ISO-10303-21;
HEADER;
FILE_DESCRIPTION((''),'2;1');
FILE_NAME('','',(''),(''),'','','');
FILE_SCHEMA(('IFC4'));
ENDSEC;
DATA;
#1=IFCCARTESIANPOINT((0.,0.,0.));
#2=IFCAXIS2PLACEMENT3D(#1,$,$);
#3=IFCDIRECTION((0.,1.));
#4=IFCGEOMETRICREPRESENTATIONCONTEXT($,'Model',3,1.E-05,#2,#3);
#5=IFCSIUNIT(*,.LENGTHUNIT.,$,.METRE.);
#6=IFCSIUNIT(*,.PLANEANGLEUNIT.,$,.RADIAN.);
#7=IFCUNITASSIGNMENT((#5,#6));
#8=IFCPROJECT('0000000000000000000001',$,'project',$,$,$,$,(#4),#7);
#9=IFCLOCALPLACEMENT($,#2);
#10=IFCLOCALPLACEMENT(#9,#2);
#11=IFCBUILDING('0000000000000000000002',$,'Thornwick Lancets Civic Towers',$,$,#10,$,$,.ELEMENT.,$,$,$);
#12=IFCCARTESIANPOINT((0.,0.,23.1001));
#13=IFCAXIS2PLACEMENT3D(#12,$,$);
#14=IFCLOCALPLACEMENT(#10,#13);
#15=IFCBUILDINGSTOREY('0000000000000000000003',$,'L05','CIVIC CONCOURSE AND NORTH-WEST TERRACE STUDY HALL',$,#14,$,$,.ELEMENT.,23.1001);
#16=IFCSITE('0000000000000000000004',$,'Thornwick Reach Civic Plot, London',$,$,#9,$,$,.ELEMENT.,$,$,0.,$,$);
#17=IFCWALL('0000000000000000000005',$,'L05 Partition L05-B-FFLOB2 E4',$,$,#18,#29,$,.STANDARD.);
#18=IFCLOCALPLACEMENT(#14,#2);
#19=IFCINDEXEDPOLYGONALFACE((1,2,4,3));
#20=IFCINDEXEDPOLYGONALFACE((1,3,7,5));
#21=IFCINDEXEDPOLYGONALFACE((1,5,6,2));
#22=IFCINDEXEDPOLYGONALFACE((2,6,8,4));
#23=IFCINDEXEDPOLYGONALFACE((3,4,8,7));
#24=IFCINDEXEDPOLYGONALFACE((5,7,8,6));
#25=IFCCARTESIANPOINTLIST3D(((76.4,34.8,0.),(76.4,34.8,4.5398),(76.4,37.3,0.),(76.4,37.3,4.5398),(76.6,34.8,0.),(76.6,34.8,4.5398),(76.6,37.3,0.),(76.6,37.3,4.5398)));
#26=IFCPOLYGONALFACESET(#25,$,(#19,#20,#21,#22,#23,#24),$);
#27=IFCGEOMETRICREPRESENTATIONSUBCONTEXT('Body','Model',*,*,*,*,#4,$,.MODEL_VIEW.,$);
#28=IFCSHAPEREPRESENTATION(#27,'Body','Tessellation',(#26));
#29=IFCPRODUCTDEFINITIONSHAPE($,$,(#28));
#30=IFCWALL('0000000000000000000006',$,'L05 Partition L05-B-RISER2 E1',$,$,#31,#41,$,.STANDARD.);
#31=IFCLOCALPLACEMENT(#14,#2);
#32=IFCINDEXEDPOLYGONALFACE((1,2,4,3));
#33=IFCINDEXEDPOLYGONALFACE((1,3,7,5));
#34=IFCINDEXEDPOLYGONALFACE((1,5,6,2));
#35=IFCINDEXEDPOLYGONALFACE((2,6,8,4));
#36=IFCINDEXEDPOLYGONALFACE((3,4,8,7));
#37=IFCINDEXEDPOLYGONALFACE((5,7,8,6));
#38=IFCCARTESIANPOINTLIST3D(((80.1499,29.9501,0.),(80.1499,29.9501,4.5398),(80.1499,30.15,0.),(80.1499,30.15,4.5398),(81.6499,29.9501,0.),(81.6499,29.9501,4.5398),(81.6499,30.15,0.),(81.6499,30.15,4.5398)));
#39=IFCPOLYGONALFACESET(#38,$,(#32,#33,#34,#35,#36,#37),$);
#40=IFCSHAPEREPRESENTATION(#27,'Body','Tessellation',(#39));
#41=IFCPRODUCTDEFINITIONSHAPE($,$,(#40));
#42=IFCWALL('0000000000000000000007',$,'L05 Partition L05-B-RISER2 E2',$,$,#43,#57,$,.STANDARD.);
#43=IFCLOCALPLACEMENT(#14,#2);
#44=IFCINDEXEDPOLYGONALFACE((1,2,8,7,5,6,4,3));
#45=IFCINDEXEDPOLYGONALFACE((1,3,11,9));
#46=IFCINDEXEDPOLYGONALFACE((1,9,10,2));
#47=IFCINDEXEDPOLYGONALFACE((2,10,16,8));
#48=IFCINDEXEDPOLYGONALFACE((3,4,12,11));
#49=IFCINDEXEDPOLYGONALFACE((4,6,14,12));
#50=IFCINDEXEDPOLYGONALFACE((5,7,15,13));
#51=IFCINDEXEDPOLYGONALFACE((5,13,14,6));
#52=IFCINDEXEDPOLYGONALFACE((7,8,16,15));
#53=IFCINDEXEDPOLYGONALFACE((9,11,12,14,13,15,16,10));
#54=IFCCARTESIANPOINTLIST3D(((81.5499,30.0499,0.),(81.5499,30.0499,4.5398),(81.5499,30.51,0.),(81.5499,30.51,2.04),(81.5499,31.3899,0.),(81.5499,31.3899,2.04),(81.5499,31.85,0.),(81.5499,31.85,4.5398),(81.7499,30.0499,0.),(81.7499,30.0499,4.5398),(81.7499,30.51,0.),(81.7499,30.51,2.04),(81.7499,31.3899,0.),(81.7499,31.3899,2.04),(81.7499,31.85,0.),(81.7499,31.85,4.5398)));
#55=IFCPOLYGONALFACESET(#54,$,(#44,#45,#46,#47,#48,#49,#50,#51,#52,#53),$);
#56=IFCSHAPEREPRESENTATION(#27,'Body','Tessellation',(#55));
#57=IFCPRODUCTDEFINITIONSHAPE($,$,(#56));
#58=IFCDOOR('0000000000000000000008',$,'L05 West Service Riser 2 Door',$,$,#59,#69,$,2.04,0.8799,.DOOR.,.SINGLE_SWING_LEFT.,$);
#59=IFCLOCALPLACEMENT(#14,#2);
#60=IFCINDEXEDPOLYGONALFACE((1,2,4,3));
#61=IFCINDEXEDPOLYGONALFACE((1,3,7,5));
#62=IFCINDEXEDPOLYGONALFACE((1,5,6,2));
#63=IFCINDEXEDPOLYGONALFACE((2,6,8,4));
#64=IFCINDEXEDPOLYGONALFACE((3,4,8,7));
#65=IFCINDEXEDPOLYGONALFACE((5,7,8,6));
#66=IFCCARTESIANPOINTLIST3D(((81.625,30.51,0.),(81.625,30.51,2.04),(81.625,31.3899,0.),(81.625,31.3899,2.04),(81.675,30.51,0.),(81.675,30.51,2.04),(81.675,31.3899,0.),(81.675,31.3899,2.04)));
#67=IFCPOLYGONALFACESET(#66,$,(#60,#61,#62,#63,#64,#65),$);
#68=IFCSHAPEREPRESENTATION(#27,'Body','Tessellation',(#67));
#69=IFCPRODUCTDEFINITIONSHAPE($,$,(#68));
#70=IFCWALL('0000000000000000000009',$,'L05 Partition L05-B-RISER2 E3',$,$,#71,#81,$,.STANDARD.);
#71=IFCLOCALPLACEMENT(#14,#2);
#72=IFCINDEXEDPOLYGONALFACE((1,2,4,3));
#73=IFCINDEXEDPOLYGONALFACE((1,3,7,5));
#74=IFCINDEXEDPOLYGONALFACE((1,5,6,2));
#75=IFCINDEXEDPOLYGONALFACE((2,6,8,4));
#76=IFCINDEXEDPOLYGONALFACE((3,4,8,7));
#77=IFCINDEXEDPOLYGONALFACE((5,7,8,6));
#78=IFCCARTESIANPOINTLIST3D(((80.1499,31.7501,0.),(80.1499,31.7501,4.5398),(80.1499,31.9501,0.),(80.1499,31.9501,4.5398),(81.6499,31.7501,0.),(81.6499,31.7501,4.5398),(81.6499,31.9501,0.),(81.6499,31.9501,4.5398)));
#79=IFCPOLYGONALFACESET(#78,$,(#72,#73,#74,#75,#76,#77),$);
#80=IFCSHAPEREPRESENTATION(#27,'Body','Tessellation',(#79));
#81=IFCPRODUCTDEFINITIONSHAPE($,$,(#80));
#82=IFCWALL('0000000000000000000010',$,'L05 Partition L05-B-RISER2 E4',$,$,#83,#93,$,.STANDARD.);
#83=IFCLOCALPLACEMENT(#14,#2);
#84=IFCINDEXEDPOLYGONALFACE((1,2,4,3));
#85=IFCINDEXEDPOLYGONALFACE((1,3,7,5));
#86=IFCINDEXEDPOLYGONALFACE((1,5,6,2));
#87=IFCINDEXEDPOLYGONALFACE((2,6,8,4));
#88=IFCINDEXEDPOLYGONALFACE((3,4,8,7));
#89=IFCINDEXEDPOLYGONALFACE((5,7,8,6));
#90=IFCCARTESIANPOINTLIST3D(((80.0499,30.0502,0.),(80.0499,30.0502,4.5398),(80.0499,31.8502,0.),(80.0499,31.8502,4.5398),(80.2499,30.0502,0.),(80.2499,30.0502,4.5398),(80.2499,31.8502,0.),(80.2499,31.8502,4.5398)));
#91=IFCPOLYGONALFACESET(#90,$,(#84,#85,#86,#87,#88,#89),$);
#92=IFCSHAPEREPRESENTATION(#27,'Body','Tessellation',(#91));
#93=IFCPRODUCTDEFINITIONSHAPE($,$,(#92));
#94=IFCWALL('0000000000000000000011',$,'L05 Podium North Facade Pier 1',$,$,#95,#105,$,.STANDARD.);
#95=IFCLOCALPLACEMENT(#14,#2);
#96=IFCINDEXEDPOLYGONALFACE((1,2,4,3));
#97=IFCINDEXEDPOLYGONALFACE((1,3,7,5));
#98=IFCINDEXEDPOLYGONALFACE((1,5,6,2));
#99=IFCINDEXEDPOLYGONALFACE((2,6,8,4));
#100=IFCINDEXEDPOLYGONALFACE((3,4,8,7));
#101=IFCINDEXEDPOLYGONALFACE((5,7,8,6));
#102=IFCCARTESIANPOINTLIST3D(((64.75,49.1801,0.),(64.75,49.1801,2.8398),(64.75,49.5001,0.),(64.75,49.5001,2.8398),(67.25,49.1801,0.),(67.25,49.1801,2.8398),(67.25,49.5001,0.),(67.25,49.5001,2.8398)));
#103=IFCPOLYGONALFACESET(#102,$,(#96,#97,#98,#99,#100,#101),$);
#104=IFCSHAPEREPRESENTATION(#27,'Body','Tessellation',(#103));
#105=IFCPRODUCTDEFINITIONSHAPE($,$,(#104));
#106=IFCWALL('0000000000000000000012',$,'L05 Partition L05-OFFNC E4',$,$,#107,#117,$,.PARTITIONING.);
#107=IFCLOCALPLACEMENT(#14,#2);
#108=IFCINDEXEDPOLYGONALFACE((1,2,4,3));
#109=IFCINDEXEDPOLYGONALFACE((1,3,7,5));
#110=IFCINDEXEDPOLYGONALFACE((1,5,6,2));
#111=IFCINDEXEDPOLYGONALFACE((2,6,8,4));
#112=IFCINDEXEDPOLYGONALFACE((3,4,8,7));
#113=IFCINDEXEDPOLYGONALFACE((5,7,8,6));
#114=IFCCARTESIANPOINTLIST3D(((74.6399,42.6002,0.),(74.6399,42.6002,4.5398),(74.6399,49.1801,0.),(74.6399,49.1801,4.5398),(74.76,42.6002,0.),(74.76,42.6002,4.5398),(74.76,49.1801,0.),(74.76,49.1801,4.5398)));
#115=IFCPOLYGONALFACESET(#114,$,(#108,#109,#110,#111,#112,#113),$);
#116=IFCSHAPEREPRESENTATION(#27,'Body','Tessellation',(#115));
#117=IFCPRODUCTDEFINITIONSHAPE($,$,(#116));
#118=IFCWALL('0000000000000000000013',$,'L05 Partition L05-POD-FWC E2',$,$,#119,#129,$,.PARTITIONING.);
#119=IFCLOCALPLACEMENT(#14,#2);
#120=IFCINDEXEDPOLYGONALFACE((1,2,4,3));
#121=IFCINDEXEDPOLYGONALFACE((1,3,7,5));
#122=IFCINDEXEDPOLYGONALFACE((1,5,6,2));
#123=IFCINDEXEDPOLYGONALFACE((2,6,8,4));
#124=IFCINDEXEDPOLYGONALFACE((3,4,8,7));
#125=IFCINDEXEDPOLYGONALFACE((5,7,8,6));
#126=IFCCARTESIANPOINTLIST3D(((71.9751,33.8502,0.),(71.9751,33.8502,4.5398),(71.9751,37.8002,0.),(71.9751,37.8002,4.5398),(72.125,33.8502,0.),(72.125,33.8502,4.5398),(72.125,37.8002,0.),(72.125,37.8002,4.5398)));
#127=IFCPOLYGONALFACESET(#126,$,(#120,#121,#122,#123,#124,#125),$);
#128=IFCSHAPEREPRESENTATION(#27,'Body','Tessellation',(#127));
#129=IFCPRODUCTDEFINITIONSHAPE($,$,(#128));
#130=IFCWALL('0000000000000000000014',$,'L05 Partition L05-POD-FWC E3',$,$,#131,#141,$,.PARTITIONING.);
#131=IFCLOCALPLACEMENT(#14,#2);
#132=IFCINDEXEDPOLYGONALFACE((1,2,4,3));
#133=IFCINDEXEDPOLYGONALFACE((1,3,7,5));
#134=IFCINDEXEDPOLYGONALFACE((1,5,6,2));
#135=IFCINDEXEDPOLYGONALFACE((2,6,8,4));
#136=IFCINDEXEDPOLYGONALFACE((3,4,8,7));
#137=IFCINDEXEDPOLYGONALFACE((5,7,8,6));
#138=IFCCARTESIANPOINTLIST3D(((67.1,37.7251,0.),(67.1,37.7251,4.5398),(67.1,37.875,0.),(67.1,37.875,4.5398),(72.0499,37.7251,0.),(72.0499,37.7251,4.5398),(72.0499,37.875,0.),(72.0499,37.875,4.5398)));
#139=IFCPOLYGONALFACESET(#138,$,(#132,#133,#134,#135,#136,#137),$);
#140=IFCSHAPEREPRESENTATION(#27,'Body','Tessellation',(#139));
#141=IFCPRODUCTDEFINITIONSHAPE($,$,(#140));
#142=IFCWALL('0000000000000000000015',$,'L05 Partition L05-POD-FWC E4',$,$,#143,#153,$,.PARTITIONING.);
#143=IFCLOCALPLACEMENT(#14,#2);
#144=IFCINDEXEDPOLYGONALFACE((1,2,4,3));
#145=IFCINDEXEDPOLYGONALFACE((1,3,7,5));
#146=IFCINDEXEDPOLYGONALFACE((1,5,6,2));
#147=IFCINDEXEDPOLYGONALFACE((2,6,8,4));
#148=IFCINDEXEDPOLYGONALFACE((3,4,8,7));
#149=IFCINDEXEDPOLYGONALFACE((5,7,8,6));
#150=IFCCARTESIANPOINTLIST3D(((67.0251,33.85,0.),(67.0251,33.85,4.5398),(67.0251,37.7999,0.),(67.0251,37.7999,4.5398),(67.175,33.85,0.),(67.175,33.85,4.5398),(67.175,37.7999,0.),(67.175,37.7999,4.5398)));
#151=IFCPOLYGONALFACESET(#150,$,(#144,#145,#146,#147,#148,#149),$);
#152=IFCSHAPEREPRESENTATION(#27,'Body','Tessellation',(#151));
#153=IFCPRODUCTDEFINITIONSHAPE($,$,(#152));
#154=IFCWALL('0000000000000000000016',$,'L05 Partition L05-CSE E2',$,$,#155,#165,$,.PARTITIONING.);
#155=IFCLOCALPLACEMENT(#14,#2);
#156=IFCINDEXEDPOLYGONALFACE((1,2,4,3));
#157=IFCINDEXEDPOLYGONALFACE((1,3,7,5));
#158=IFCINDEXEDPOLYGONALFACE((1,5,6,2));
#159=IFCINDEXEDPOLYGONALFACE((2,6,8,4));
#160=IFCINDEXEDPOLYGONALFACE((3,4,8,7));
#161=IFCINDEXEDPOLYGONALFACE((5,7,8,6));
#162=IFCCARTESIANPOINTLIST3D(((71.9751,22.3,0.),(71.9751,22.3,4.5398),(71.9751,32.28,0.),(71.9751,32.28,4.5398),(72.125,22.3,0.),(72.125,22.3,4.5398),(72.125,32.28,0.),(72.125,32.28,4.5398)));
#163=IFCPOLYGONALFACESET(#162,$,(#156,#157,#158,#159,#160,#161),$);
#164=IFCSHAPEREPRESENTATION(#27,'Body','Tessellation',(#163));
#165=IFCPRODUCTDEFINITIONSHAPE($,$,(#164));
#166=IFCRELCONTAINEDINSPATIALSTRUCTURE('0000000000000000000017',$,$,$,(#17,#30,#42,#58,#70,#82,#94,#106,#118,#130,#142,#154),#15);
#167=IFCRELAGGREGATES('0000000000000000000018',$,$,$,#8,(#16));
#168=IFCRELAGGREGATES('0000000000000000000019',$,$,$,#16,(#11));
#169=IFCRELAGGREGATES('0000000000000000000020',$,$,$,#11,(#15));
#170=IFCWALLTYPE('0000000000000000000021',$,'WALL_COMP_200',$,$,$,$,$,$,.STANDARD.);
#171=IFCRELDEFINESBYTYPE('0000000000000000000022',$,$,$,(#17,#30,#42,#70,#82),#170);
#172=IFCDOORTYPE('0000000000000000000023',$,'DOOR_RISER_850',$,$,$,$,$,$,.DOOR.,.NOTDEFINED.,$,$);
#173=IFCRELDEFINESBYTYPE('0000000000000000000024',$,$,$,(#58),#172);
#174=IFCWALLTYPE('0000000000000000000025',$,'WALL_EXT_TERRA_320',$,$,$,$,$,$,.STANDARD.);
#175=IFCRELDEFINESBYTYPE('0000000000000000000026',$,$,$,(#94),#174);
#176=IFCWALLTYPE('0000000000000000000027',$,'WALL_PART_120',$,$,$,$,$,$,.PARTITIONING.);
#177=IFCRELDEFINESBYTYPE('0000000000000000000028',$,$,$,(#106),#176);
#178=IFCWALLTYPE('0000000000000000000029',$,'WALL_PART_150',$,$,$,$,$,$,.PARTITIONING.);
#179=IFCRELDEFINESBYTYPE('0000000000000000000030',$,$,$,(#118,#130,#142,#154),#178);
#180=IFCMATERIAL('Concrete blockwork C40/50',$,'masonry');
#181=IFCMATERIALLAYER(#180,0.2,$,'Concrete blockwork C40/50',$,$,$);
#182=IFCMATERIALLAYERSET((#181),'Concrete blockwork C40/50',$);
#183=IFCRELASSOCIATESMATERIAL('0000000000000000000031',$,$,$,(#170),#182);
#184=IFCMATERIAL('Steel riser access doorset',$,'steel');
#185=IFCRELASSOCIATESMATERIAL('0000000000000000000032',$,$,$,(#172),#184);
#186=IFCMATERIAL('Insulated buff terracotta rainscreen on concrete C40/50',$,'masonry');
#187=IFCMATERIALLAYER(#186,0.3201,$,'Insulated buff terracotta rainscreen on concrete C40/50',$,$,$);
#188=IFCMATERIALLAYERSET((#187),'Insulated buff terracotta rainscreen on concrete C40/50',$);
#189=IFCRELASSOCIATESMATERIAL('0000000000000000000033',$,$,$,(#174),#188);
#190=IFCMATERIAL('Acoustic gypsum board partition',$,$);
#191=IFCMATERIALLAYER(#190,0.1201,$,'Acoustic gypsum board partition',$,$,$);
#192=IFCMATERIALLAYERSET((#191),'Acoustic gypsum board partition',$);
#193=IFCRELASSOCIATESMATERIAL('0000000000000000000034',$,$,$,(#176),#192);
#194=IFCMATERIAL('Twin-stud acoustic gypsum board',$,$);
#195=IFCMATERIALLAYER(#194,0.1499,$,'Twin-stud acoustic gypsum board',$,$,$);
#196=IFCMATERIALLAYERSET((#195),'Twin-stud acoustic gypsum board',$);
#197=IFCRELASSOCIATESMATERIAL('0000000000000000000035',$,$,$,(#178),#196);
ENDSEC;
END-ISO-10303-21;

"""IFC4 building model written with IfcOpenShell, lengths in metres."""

from ifc_helpers import new_model, si_unit, direction, frame, frame_2d, origin, place, context, subcontext, project, spatial, rectangle, extrude, material, layer, layer_set, type_object, element, fill, save


model = new_model("IFC4")

# Units and contexts
model_context = context("Model", 3, precision=1e-05, world=origin(), true_north=direction((0.0, 1.0)))
body_context = subcontext(model_context, "Body", "Model", "MODEL_VIEW")
ifc_project = project(units=[si_unit("LENGTHUNIT", "METRE"), si_unit("PLANEANGLEUNIT", "RADIAN")], contexts=[model_context])

# Site, building, storey
site_placement = place(None, origin())
site = spatial("IfcSite", under=ifc_project, at=site_placement, Name="Thornwick Reach Civic Plot, London", CompositionType="ELEMENT", RefElevation=0.0)
building_placement = place(site_placement, origin())
building = spatial("IfcBuilding", under=site, at=building_placement, Name="Thornwick Lancets Civic Towers", CompositionType="ELEMENT")
storey_placement = place(building_placement, frame((0.0, 0.0, 23.1001)))
storey = spatial("IfcBuildingStorey", under=building, at=storey_placement, Name="L05", Description="CIVIC CONCOURSE AND NORTH-WEST TERRACE STUDY HALL", CompositionType="ELEMENT", Elevation=23.1001)

# Shared definitions
ifc_material_1 = material(Name="Concrete blockwork C40/50", Category="masonry")
ifc_layer_1 = layer(ifc_material_1, 0.2, Name="Concrete blockwork C40/50")
ifc_layer_set_1 = layer_set([ifc_layer_1], Name="Concrete blockwork C40/50")
wall_type_1 = type_object("IfcWallType", Name="WALL_COMP_200", PredefinedType="STANDARD", material=ifc_layer_set_1)

# Walls
wall_1_placement = place(storey_placement, frame((76.5, 37.3, 0.0), z_axis=(0.0, 0.0, 1.0), x_axis=(0.0, -1.0, 0.0)))
element("IfcWall", 1, at=wall_1_placement, inside=storey, type_object=wall_type_1, Name="L05 Partition L05-B-FFLOB2 E4", PredefinedType="STANDARD", context=body_context, shape_type="SweptSolid", body=[
    extrude(rectangle(XDim=2.5, YDim=0.2, at=frame_2d((1.25, 0.0))), origin(), (0.0, 0.0, 1.0), 4.5398),
])
wall_2_placement = place(storey_placement, frame((80.1499, 30.05, 0.0), z_axis=(0.0, 0.0, 1.0), x_axis=(1.0, 0.0, 0.0)))
element("IfcWall", 2, at=wall_2_placement, inside=storey, type_object=wall_type_1, Name="L05 Partition L05-B-RISER2 E1", PredefinedType="STANDARD", context=body_context, shape_type="SweptSolid", body=[
    extrude(rectangle(XDim=1.5, YDim=0.2, at=frame_2d((0.75, 0.0))), origin(), (0.0, 0.0, 1.0), 4.5398),
])

# Wall, opening, door
wall_3_placement = place(storey_placement, frame((81.6499, 30.05, 0.0), z_axis=(0.0, 0.0, 1.0), x_axis=(0.0, 1.0, 0.0)))
wall_3 = element("IfcWall", 3, at=wall_3_placement, inside=storey, type_object=wall_type_1, Name="L05 Partition L05-B-RISER2 E2", PredefinedType="STANDARD", context=body_context, shape_type="SweptSolid", body=[
    extrude(rectangle(XDim=1.8, YDim=0.2, at=frame_2d((0.8999, 0.0))), origin(), (0.0, 0.0, 1.0), 4.5398),
])
opening_1_placement = place(wall_3_placement, frame((0.46, 0.0, 0.0)))
opening_1 = element("IfcOpeningElement", 4, at=opening_1_placement, cuts=wall_3, PredefinedType="OPENING", context=body_context, shape_type="SweptSolid", body=[
    extrude(rectangle(XDim=0.8799, YDim=2.04, at=frame_2d((0.4399, 1.02))), frame((0.0, 0.1099, 0.0), z_axis=(0.0, -1.0, 0.0), x_axis=(1.0, 0.0, 0.0)), (0.0, 0.0, 1.0), 0.22),
])
ifc_material_2 = material(Name="Steel riser access doorset", Category="steel")
door_type_1 = type_object("IfcDoorType", Name="DOOR_RISER_850", OperationType="NOTDEFINED", PredefinedType="DOOR", material=ifc_material_2)
door_1_placement = place(opening_1_placement, origin())
door_1 = element("IfcDoor", 5, at=door_1_placement, inside=storey, type_object=door_type_1, Name="L05 West Service Riser 2 Door", OperationType="SINGLE_SWING_LEFT", OverallHeight=2.04, OverallWidth=0.8799, PredefinedType="DOOR", context=body_context, shape_type="SweptSolid", body=[
    extrude(rectangle(XDim=0.8799, YDim=2.04, at=frame_2d((0.4399, 1.02))), frame((0.0, 0.0249, 0.0), z_axis=(0.0, -1.0, 0.0), x_axis=(1.0, 0.0, 0.0)), (0.0, 0.0, 1.0), 0.05),
])
fill(opening_1, door_1)

# Walls
wall_4_placement = place(storey_placement, frame((81.6499, 31.8501, 0.0), z_axis=(0.0, 0.0, 1.0), x_axis=(-1.0, 0.0, 0.0)))
element("IfcWall", 6, at=wall_4_placement, inside=storey, type_object=wall_type_1, Name="L05 Partition L05-B-RISER2 E3", PredefinedType="STANDARD", context=body_context, shape_type="SweptSolid", body=[
    extrude(rectangle(XDim=1.5, YDim=0.2, at=frame_2d((0.75, 0.0))), origin(), (0.0, 0.0, 1.0), 4.5398),
])
wall_5_placement = place(storey_placement, frame((80.1499, 31.8501, 0.0), z_axis=(0.0, 0.0, 1.0), x_axis=(0.0, -1.0, 0.0)))
element("IfcWall", 7, at=wall_5_placement, inside=storey, type_object=wall_type_1, Name="L05 Partition L05-B-RISER2 E4", PredefinedType="STANDARD", context=body_context, shape_type="SweptSolid", body=[
    extrude(rectangle(XDim=1.8, YDim=0.2, at=frame_2d((0.8999, 0.0))), origin(), (0.0, 0.0, 1.0), 4.5398),
])
ifc_material_3 = material(Name="Insulated buff terracotta rainscreen on concrete C40/50", Category="masonry")
ifc_layer_2 = layer(ifc_material_3, 0.3201, Name="Insulated buff terracotta rainscreen on concrete C40/50")
ifc_layer_set_2 = layer_set([ifc_layer_2], Name="Insulated buff terracotta rainscreen on concrete C40/50")
wall_type_2 = type_object("IfcWallType", Name="WALL_EXT_TERRA_320", PredefinedType="STANDARD", material=ifc_layer_set_2)
wall_6_placement = place(storey_placement, frame((67.25, 49.3401, 0.0), z_axis=(0.0, 0.0, 1.0), x_axis=(-1.0, 0.0, 0.0)))
element("IfcWall", 8, at=wall_6_placement, inside=storey, type_object=wall_type_2, Name="L05 Podium North Facade Pier 1", PredefinedType="STANDARD", context=body_context, shape_type="SweptSolid", body=[
    extrude(rectangle(XDim=2.5, YDim=0.3201, at=frame_2d((1.25, 0.0))), origin(), (0.0, 0.0, 1.0), 2.8398),
])
ifc_material_4 = material(Name="Acoustic gypsum board partition")
ifc_layer_3 = layer(ifc_material_4, 0.1201, Name="Acoustic gypsum board partition")
ifc_layer_set_3 = layer_set([ifc_layer_3], Name="Acoustic gypsum board partition")
wall_type_3 = type_object("IfcWallType", Name="WALL_PART_120", PredefinedType="PARTITIONING", material=ifc_layer_set_3)
wall_7_placement = place(storey_placement, frame((74.7, 42.6001, 0.0), z_axis=(0.0, 0.0, 1.0), x_axis=(0.0, 1.0, 0.0)))
element("IfcWall", 9, at=wall_7_placement, inside=storey, type_object=wall_type_3, Name="L05 Partition L05-OFFNC E4", PredefinedType="PARTITIONING", context=body_context, shape_type="SweptSolid", body=[
    extrude(rectangle(XDim=6.5798, YDim=0.1201, at=frame_2d((3.29, 0.0))), origin(), (0.0, 0.0, 1.0), 4.5398),
])
ifc_material_5 = material(Name="Twin-stud acoustic gypsum board")
ifc_layer_4 = layer(ifc_material_5, 0.1499, Name="Twin-stud acoustic gypsum board")
ifc_layer_set_4 = layer_set([ifc_layer_4], Name="Twin-stud acoustic gypsum board")
wall_type_4 = type_object("IfcWallType", Name="WALL_PART_150", PredefinedType="PARTITIONING", material=ifc_layer_set_4)
wall_8_placement = place(storey_placement, frame((72.05, 33.8501, 0.0), z_axis=(0.0, 0.0, 1.0), x_axis=(0.0, 1.0, 0.0)))
element("IfcWall", 10, at=wall_8_placement, inside=storey, type_object=wall_type_4, Name="L05 Partition L05-POD-FWC E2", PredefinedType="PARTITIONING", context=body_context, shape_type="SweptSolid", body=[
    extrude(rectangle(XDim=3.95, YDim=0.1499, at=frame_2d((1.9751, 0.0))), origin(), (0.0, 0.0, 1.0), 4.5398),
])
wall_9_placement = place(storey_placement, frame((72.05, 37.8, 0.0), z_axis=(0.0, 0.0, 1.0), x_axis=(-1.0, 0.0, 0.0)))
element("IfcWall", 11, at=wall_9_placement, inside=storey, type_object=wall_type_4, Name="L05 Partition L05-POD-FWC E3", PredefinedType="PARTITIONING", context=body_context, shape_type="SweptSolid", body=[
    extrude(rectangle(XDim=4.95, YDim=0.1499, at=frame_2d((2.4751, 0.0))), origin(), (0.0, 0.0, 1.0), 4.5398),
])
wall_10_placement = place(storey_placement, frame((67.1001, 37.8, 0.0), z_axis=(0.0, 0.0, 1.0), x_axis=(0.0, -1.0, 0.0)))
element("IfcWall", 12, at=wall_10_placement, inside=storey, type_object=wall_type_4, Name="L05 Partition L05-POD-FWC E4", PredefinedType="PARTITIONING", context=body_context, shape_type="SweptSolid", body=[
    extrude(rectangle(XDim=3.95, YDim=0.1499, at=frame_2d((1.9751, 0.0))), origin(), (0.0, 0.0, 1.0), 4.5398),
])
wall_11_placement = place(storey_placement, frame((72.05, 32.28, 0.0), z_axis=(0.0, 0.0, 1.0), x_axis=(0.0, -1.0, 0.0)))
element("IfcWall", 13, at=wall_11_placement, inside=storey, type_object=wall_type_4, Name="L05 Partition L05-CSE E2", PredefinedType="PARTITIONING", context=body_context, shape_type="SweptSolid", body=[
    extrude(rectangle(XDim=9.98, YDim=0.1499, at=frame_2d((4.99, 0.0))), origin(), (0.0, 0.0, 1.0), 4.5398),
])

save(model, "model.ifc")
